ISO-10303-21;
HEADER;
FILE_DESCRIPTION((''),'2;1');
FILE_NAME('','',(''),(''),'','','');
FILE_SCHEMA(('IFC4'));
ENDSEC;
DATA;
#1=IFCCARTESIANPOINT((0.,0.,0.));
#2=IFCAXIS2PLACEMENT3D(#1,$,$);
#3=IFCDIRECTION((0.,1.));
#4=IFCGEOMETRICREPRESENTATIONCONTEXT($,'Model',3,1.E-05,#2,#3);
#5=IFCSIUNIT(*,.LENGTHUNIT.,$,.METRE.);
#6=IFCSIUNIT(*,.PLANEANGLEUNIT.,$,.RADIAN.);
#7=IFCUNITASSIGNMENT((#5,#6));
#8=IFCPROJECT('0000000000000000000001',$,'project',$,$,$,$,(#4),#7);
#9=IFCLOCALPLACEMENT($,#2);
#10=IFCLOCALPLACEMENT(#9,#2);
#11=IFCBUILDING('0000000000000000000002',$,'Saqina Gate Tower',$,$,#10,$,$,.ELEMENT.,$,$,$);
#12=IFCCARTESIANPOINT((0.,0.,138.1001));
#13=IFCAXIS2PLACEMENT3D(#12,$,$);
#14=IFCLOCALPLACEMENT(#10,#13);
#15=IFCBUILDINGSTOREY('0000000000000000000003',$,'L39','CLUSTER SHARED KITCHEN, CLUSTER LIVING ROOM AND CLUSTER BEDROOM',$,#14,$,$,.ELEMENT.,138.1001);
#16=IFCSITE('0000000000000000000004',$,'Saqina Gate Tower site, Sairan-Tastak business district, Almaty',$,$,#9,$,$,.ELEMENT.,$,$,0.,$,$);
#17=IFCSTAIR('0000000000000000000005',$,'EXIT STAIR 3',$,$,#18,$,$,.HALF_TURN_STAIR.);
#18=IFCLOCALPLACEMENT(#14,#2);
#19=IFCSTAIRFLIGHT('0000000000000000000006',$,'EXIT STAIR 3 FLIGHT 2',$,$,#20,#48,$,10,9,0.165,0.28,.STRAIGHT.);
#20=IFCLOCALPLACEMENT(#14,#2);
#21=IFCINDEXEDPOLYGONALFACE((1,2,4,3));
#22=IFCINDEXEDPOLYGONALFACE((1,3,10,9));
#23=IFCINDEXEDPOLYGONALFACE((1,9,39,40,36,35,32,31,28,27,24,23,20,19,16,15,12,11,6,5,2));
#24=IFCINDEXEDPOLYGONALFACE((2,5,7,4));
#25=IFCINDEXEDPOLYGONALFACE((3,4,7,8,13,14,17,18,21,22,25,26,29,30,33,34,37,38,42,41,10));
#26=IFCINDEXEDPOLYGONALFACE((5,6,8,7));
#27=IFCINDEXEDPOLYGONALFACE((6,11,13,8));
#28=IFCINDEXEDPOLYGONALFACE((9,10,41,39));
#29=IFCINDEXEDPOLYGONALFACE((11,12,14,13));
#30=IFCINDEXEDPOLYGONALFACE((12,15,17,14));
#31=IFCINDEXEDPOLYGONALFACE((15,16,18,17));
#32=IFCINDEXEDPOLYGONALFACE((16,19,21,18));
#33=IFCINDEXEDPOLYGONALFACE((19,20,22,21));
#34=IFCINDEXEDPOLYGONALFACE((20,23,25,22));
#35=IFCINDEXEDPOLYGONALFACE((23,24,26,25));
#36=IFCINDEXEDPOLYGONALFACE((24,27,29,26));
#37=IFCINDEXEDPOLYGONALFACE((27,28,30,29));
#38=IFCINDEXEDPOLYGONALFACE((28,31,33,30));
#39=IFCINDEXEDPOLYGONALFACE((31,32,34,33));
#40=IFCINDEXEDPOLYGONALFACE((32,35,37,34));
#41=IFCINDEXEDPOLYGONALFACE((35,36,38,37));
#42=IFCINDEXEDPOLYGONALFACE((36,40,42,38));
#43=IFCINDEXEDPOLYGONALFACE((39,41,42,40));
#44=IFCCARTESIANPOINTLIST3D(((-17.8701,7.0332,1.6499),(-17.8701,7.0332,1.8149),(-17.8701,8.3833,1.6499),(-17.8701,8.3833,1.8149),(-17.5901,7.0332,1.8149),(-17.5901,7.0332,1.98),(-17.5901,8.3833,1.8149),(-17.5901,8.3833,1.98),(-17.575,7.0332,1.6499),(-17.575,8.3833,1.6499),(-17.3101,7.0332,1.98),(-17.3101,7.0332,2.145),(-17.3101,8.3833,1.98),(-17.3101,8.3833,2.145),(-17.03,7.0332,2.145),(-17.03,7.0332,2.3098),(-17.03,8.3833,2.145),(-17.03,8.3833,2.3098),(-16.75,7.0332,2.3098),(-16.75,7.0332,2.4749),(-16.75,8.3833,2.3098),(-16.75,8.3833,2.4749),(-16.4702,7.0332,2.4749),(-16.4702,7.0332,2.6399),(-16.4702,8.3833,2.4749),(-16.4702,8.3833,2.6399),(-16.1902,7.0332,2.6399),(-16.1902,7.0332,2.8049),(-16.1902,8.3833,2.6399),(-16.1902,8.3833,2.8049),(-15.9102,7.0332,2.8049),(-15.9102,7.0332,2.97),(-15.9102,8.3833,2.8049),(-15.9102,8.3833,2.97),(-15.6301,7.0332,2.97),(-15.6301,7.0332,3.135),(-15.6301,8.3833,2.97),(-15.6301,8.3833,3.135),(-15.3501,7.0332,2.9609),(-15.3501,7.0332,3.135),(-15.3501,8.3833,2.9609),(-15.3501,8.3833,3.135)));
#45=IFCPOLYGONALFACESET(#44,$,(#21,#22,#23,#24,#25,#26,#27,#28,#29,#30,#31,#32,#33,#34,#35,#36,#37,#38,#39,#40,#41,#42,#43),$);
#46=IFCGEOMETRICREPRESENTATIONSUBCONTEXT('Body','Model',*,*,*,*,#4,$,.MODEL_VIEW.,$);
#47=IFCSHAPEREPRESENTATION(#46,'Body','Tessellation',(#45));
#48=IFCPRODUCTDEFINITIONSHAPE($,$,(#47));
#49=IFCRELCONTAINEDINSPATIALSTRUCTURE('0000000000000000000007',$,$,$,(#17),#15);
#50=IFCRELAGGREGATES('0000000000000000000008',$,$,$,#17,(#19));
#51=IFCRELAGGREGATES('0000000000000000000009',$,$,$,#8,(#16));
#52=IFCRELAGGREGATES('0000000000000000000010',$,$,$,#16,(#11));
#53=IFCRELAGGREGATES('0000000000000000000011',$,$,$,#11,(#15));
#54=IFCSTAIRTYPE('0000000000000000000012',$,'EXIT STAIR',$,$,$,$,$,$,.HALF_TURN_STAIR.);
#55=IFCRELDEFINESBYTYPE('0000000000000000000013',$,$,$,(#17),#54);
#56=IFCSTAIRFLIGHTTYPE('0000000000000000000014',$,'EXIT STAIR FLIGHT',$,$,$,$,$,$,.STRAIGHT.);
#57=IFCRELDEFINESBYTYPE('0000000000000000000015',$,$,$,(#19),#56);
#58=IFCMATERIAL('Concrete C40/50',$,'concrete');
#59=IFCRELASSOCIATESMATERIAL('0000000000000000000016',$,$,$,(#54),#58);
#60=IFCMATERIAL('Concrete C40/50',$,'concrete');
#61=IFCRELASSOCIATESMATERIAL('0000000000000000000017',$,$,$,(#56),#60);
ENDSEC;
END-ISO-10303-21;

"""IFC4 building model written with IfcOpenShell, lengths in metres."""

from ifc_helpers import new_model, si_unit, direction, frame, origin, place, context, subcontext, project, spatial, polyline, outline, extrude, material, type_object, element, aggregate, save


model = new_model("IFC4")

# Units and contexts
model_context = context("Model", 3, precision=1e-05, world=origin(), true_north=direction((0.0, 1.0)))
body_context = subcontext(model_context, "Body", "Model", "MODEL_VIEW")
ifc_project = project(units=[si_unit("LENGTHUNIT", "METRE"), si_unit("PLANEANGLEUNIT", "RADIAN")], contexts=[model_context])

# Site, building, storey
site_placement = place(None, origin())
site = spatial("IfcSite", under=ifc_project, at=site_placement, Name="Saqina Gate Tower site, Sairan-Tastak business district, Almaty", CompositionType="ELEMENT", RefElevation=0.0)
building_placement = place(site_placement, origin())
building = spatial("IfcBuilding", under=site, at=building_placement, Name="Saqina Gate Tower", CompositionType="ELEMENT")
storey_placement = place(building_placement, frame((0.0, 0.0, 138.1001)))
storey = spatial("IfcBuildingStorey", under=building, at=storey_placement, Name="L39", Description="CLUSTER SHARED KITCHEN, CLUSTER LIVING ROOM AND CLUSTER BEDROOM", CompositionType="ELEMENT", Elevation=138.1001)

# Stair, stair flight
ifc_material_1 = material(Name="Concrete C40/50", Category="concrete")
stair_type = type_object("IfcStairType", Name="EXIT STAIR", PredefinedType="HALF_TURN_STAIR", material=ifc_material_1)
stair_placement = place(storey_placement, origin())
stair = element("IfcStair", 1, at=stair_placement, inside=storey, type_object=stair_type, Name="EXIT STAIR 3", PredefinedType="HALF_TURN_STAIR")
ifc_material_2 = material(Name="Concrete C40/50", Category="concrete")
stair_flight_type = type_object("IfcStairFlightType", Name="EXIT STAIR FLIGHT", PredefinedType="STRAIGHT", material=ifc_material_2)
stair_flight_1_placement = place(storey_placement, frame((-17.8701, 7.7083, 1.6499), z_axis=(0.0, 0.0, 1.0), x_axis=(1.0, 0.0, 0.0)))
stair_flight_1 = element("IfcStairFlight", 2, at=stair_flight_1_placement, type_object=stair_flight_type, Name="EXIT STAIR 3 FLIGHT 2", NumberOfRisers=10, NumberOfTreads=9, PredefinedType="STRAIGHT", RiserHeight=0.165, TreadLength=0.28, context=body_context, shape_type="SweptSolid", body=[
    extrude(outline(polyline([(0.0, 0.0), (0.0, 0.165), (0.28, 0.165), (0.28, 0.3301), (0.5601, 0.3301), (0.5601, 0.4951), (0.8401, 0.4951), (0.8401, 0.6599), (1.1201, 0.6599), (1.1201, 0.825), (1.3999, 0.825), (1.3999, 0.99), (1.6799, 0.99), (1.6799, 1.155), (1.96, 1.155), (1.96, 1.3201), (2.24, 1.3201), (2.24, 1.4851), (2.52, 1.4851), (2.52, 1.6499), (2.52, 1.311), (0.2952, 0.0), (0.0, 0.0)])), frame((0.0, 0.675, 0.0), z_axis=(0.0, -1.0, 0.0), x_axis=(1.0, 0.0, 0.0)), (0.0, 0.0, 1.0), 1.3501),
])
aggregate(stair, [stair_flight_1])

save(model, "model.ifc")
